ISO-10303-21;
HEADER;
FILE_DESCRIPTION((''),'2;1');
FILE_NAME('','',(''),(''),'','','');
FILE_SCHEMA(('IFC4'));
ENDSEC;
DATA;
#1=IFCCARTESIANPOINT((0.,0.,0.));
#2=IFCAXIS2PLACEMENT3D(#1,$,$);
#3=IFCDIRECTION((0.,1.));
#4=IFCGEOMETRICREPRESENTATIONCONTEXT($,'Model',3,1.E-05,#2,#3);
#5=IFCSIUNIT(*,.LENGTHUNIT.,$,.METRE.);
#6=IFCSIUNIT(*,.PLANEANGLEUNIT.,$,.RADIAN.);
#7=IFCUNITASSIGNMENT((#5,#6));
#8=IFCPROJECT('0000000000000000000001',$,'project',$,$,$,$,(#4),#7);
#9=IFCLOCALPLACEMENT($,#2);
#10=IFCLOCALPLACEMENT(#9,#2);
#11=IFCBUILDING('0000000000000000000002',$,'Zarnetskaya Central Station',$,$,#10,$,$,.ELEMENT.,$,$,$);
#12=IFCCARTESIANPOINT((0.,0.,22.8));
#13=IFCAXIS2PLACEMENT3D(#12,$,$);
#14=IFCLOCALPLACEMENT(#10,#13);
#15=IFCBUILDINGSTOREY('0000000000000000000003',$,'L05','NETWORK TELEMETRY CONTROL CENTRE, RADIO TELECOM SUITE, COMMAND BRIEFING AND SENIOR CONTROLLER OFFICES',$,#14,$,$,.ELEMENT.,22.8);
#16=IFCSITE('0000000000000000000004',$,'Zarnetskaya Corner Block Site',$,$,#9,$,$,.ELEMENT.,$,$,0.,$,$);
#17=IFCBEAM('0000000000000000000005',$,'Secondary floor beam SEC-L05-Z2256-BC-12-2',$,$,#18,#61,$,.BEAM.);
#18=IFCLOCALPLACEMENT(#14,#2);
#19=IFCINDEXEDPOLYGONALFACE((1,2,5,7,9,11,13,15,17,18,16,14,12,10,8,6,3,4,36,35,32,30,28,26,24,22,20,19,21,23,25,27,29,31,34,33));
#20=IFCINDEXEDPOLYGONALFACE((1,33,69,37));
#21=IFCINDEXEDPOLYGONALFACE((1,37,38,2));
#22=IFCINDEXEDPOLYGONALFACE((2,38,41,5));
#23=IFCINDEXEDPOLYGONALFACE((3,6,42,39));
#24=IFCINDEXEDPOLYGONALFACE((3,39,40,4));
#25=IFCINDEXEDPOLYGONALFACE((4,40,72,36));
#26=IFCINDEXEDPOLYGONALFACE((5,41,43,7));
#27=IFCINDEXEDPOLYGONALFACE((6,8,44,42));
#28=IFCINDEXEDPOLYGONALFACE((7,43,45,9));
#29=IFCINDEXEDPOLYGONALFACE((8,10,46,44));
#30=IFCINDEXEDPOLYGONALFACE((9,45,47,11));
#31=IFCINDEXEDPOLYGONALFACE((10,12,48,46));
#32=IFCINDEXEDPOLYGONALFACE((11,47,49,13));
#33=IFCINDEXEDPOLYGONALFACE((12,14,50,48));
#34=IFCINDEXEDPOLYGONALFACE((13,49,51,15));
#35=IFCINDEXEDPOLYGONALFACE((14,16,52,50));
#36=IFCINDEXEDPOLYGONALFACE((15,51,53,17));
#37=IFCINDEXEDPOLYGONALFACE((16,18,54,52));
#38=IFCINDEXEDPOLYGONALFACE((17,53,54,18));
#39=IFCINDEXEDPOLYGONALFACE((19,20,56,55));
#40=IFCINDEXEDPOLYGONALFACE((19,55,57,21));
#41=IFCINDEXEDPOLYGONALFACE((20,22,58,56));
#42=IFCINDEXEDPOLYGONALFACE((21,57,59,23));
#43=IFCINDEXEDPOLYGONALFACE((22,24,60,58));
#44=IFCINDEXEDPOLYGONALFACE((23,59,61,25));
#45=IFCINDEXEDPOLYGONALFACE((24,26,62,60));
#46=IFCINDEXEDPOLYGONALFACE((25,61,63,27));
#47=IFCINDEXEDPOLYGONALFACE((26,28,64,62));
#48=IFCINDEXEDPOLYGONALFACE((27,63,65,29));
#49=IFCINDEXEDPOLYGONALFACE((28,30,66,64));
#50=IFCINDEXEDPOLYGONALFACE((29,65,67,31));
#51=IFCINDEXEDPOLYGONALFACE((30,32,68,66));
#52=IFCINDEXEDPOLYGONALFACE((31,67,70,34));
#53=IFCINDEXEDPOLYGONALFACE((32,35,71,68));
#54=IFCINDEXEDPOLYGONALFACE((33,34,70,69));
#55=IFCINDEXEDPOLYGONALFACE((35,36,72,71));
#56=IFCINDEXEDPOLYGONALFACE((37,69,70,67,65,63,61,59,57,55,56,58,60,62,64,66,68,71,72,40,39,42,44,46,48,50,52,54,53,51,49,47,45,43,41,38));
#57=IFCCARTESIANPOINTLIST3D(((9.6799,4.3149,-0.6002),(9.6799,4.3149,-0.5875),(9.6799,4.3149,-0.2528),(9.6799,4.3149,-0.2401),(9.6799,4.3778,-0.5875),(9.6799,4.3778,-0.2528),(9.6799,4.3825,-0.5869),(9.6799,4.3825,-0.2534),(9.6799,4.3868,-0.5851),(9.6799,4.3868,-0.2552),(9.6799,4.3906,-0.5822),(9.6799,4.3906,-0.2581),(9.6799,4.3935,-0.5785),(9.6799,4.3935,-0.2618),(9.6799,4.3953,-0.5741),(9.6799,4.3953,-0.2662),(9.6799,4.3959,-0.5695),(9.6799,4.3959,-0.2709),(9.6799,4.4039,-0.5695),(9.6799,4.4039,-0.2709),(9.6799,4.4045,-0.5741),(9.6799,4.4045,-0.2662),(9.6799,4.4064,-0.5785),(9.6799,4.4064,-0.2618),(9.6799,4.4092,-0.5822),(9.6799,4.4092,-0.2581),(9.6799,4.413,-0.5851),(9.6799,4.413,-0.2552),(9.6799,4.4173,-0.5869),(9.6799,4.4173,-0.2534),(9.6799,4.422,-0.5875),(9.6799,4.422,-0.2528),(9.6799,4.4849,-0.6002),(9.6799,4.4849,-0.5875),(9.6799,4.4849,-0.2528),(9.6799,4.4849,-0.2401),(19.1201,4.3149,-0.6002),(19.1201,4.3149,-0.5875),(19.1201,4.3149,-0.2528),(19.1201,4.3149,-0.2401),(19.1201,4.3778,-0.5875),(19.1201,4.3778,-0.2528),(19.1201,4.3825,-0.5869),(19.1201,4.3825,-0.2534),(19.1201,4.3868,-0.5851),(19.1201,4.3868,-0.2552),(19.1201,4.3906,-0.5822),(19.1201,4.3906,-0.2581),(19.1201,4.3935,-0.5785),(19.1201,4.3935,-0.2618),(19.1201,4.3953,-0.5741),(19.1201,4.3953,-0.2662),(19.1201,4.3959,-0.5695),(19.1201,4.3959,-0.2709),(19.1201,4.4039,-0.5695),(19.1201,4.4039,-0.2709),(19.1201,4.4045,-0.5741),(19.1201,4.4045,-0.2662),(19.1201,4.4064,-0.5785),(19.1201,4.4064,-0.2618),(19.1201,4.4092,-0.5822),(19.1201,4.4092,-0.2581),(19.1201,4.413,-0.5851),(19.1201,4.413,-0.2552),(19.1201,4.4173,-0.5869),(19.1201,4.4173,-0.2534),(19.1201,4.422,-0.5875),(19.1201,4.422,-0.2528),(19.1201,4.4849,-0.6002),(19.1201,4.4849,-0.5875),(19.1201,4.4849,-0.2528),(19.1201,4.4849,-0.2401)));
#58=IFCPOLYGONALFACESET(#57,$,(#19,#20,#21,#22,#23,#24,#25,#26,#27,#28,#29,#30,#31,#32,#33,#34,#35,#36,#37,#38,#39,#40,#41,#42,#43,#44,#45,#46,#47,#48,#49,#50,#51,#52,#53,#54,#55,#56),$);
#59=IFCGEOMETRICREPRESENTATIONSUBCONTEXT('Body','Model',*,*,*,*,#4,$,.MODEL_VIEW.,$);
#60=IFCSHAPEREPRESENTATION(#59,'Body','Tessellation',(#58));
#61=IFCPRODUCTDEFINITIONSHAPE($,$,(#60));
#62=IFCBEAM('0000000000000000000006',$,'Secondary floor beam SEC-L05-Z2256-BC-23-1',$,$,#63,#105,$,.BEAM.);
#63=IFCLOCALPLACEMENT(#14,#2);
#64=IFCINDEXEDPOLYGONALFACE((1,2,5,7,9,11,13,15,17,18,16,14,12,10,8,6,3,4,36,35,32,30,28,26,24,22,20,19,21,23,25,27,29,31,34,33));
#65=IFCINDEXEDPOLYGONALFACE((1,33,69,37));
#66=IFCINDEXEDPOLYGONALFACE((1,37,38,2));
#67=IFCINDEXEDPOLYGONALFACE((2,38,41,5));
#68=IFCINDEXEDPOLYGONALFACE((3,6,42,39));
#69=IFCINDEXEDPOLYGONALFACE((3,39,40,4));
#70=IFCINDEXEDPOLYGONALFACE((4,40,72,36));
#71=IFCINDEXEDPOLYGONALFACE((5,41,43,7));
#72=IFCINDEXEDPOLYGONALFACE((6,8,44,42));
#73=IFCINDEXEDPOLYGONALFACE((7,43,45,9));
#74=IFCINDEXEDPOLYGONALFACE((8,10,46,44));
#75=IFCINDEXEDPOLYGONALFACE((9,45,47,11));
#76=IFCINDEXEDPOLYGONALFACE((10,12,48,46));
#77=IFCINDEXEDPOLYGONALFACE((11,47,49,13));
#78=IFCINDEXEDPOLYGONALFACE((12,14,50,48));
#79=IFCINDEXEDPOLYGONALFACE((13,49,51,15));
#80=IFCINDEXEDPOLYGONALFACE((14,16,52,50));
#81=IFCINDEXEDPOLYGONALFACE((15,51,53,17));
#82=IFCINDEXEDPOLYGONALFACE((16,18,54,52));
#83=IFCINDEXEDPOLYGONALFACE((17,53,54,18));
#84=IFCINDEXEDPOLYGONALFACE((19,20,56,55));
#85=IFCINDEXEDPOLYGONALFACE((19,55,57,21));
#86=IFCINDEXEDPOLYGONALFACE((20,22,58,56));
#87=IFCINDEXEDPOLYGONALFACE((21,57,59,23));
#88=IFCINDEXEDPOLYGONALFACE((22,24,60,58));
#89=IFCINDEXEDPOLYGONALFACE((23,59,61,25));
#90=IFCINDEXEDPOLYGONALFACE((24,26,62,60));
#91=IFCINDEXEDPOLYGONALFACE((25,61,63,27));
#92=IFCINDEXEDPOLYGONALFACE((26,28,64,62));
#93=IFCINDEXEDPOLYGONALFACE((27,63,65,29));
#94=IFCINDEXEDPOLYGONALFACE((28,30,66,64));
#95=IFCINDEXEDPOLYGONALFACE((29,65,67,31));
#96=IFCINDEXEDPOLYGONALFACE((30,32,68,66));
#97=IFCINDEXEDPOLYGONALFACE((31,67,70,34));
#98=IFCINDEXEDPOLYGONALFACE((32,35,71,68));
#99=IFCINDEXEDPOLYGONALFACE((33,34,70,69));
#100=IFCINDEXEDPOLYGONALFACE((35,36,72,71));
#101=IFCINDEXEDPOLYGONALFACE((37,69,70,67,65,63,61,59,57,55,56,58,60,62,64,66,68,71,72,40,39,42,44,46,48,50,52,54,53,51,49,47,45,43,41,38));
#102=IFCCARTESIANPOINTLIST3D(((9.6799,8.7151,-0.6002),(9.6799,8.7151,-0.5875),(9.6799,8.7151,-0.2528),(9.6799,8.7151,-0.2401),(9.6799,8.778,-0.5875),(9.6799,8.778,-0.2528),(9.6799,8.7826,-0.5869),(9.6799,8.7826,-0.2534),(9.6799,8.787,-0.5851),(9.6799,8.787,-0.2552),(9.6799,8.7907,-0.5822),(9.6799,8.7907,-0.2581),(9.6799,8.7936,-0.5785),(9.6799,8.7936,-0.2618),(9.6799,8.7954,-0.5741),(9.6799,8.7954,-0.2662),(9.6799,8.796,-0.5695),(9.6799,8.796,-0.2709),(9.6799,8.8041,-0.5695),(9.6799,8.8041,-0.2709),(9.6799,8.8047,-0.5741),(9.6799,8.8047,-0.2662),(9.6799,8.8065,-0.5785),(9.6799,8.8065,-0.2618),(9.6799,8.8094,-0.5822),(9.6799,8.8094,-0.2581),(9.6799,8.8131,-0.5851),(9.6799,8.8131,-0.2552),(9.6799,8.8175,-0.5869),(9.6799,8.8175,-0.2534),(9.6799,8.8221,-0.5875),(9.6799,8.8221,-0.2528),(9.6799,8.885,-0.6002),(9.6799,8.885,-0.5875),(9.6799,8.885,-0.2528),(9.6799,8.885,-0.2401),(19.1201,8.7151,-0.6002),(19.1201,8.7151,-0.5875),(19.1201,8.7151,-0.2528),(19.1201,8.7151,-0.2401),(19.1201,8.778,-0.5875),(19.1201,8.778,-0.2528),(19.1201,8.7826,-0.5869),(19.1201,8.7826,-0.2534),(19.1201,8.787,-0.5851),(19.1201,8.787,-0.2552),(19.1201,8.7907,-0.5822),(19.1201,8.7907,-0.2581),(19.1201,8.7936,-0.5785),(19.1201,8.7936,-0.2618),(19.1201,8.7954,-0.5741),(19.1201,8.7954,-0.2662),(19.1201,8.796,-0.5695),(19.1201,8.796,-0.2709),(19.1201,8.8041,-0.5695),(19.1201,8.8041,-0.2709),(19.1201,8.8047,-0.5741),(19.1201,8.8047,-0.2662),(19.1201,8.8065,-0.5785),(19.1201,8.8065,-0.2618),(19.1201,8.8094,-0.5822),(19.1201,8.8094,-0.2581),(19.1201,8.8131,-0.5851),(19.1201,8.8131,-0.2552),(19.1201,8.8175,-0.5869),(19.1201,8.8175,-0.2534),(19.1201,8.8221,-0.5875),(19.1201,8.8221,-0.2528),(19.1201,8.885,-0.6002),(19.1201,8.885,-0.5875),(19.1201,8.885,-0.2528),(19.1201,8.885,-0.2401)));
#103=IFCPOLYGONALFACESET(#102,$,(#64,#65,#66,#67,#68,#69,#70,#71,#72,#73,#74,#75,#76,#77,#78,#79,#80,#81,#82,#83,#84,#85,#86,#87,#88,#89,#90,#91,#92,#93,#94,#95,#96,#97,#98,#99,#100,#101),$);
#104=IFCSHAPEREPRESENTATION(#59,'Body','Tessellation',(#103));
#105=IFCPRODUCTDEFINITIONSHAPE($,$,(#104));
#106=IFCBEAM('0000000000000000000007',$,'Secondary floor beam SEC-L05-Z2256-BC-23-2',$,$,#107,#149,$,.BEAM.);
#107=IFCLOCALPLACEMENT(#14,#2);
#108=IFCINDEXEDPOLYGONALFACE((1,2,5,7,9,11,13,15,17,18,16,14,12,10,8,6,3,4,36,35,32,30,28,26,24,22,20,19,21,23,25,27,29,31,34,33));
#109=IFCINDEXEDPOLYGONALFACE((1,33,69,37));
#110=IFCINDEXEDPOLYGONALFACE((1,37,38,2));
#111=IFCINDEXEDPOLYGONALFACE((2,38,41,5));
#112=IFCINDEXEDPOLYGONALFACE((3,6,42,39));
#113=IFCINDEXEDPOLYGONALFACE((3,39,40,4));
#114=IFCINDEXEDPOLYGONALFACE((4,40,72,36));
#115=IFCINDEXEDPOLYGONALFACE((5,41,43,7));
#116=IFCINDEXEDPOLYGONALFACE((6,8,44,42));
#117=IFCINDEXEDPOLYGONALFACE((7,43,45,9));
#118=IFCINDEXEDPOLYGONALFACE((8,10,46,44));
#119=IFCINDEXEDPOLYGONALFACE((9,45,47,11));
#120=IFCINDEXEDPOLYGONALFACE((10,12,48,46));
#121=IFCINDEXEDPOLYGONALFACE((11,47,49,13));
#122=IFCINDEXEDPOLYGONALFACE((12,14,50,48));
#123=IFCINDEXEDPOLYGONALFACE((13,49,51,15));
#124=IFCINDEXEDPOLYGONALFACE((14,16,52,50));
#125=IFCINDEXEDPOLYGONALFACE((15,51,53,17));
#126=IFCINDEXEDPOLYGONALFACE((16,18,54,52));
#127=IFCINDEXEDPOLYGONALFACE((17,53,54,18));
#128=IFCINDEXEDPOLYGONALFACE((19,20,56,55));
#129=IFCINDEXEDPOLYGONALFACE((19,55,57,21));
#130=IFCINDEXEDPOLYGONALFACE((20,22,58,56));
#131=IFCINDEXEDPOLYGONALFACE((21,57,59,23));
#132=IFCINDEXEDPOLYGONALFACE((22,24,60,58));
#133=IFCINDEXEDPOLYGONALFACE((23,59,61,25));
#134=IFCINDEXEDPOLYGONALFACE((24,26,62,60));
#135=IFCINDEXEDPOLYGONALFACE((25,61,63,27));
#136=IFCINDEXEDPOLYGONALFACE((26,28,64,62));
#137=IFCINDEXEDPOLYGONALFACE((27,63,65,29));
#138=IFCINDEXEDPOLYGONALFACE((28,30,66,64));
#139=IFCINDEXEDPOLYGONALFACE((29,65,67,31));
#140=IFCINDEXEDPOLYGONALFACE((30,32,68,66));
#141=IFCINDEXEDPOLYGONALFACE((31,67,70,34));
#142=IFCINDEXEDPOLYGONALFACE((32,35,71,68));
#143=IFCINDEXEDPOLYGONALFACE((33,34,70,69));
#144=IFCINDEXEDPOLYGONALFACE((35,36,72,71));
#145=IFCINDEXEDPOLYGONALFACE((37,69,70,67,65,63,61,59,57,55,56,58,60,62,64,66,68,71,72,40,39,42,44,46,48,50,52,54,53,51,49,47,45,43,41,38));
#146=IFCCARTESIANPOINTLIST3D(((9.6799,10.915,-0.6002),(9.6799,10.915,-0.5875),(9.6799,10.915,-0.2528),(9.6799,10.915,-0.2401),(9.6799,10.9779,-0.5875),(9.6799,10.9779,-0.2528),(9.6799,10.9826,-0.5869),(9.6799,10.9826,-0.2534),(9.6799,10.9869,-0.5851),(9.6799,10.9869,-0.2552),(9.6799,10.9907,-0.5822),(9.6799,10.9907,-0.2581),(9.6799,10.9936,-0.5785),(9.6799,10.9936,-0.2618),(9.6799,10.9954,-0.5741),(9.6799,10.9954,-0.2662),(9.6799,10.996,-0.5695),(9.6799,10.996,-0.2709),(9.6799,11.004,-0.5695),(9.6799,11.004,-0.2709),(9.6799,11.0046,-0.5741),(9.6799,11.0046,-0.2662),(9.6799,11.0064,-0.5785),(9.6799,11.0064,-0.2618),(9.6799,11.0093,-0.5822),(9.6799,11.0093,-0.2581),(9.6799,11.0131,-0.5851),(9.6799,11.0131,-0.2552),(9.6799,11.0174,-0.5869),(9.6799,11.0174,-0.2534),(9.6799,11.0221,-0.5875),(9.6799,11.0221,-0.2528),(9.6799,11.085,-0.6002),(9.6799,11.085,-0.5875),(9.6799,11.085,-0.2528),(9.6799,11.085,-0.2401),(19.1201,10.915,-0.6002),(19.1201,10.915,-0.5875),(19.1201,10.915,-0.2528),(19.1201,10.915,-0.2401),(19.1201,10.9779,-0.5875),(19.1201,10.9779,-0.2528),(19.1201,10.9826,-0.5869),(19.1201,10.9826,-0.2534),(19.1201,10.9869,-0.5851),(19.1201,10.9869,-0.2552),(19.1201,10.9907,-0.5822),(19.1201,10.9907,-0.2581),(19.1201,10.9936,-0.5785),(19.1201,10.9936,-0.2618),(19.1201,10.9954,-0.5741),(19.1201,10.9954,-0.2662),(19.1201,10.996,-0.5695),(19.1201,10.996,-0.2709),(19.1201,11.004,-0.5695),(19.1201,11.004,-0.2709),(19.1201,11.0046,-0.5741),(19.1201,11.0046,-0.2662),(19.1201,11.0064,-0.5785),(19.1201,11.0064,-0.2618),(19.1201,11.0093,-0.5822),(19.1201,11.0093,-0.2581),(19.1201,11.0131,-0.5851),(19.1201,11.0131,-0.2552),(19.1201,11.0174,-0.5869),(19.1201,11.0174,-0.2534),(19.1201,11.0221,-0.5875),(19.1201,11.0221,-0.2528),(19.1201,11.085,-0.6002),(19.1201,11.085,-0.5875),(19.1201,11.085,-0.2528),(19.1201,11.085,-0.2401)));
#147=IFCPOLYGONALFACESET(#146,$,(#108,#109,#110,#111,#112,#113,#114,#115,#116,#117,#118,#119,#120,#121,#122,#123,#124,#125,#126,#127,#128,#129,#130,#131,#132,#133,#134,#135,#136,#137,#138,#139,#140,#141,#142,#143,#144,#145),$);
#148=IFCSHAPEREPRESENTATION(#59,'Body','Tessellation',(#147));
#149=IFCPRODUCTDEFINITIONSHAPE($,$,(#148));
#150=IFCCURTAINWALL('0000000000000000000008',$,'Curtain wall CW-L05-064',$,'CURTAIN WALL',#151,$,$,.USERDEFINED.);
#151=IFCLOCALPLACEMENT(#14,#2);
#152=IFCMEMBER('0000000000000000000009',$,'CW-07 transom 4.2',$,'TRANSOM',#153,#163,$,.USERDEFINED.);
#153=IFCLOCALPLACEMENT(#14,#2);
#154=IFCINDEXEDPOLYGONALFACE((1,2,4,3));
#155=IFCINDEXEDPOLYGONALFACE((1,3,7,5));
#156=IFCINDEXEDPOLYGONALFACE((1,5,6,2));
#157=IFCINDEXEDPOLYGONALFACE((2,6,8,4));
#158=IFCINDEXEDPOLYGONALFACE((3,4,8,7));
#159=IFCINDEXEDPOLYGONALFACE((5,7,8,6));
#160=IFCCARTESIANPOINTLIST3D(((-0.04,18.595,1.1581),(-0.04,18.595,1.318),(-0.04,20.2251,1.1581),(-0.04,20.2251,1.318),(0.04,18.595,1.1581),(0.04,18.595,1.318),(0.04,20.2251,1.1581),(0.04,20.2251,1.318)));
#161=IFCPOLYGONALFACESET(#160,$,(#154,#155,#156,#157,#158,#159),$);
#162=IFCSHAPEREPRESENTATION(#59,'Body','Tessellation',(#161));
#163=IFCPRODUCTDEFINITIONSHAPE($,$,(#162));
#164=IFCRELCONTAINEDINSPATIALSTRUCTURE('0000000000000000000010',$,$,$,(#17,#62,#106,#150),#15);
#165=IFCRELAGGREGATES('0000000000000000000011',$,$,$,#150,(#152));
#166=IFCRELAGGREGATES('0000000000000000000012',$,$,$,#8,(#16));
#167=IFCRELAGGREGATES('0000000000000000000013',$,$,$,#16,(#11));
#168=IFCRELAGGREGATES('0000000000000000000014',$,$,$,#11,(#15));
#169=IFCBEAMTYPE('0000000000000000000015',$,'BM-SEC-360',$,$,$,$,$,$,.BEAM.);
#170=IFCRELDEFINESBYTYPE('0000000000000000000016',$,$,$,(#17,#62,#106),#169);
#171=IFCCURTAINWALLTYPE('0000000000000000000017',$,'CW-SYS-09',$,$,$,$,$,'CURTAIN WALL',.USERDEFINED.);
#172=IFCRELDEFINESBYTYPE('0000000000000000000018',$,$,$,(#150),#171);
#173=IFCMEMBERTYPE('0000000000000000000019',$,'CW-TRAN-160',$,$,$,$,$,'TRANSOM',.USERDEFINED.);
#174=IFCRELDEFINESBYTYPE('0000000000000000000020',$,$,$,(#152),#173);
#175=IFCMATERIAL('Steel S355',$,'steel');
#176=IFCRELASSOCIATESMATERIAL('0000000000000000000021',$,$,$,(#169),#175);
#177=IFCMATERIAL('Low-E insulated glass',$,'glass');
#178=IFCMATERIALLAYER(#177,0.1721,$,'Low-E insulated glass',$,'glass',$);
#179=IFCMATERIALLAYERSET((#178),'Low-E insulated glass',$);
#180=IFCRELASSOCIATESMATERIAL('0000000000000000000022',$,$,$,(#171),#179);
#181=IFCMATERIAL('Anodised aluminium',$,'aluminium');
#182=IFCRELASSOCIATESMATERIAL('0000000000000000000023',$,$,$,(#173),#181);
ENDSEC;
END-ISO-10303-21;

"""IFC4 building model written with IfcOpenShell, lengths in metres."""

from ifc_helpers import new_model, si_unit, direction, frame, origin, origin_2d, place, context, subcontext, project, spatial, rectangle, i_section, extrude, material, layer, layer_set, material_profile, profile_set, type_object, element, aggregate, save


model = new_model("IFC4")

# Units and contexts
model_context = context("Model", 3, precision=1e-05, world=origin(), true_north=direction((0.0, 1.0)))
body_context = subcontext(model_context, "Body", "Model", "MODEL_VIEW")
ifc_project = project(units=[si_unit("LENGTHUNIT", "METRE"), si_unit("PLANEANGLEUNIT", "RADIAN")], contexts=[model_context])

# Site, building, storey
site_placement = place(None, origin())
site = spatial("IfcSite", under=ifc_project, at=site_placement, Name="Zarnetskaya Corner Block Site", CompositionType="ELEMENT", RefElevation=0.0)
building_placement = place(site_placement, origin())
building = spatial("IfcBuilding", under=site, at=building_placement, Name="Zarnetskaya Central Station", CompositionType="ELEMENT")
storey_placement = place(building_placement, frame((0.0, 0.0, 22.8)))
storey = spatial("IfcBuildingStorey", under=building, at=storey_placement, Name="L05", Description="NETWORK TELEMETRY CONTROL CENTRE, RADIO TELECOM SUITE, COMMAND BRIEFING AND SENIOR CONTROLLER OFFICES", CompositionType="ELEMENT", Elevation=22.8)

# Shared definitions
ifc_material_1 = material(Name="Steel S355", Category="steel")

# Beams
ifc_material_profile_1 = material_profile(ifc_material_1, i_section(OverallWidth=0.1699, OverallDepth=0.3601, WebThickness=0.0081, FlangeThickness=0.0127, FilletRadius=0.0181, at=origin_2d()), Name="IPE 360")
ifc_profile_set_1 = profile_set([ifc_material_profile_1], Name="Steel S355")
beam_type_1 = type_object("IfcBeamType", Name="BM-SEC-360", PredefinedType="BEAM", material=ifc_profile_set_1)
for number, where, z_axis, x_axis, name in (
    (1, (9.6799, 4.3999, -0.4202), (1.0, 0.0, 0.0), (0.0, 1.0, 0.0), "Secondary floor beam SEC-L05-Z2256-BC-12-2"),
    (2, (9.6799, 8.8, -0.4202), (1.0, 0.0, 0.0), (0.0, 1.0, 0.0), "Secondary floor beam SEC-L05-Z2256-BC-23-1"),
    (3, (9.6799, 11.0, -0.4202), (1.0, 0.0, 0.0), (0.0, 1.0, 0.0), "Secondary floor beam SEC-L05-Z2256-BC-23-2"),
):
    element("IfcBeam", number, at=place(storey_placement, frame(where, z_axis=z_axis, x_axis=x_axis)), inside=storey, type_object=beam_type_1, Name=name, PredefinedType="BEAM", context=body_context, shape_type="SweptSolid", body=[
        extrude(i_section(OverallWidth=0.1699, OverallDepth=0.3601, WebThickness=0.0081, FlangeThickness=0.0127, FilletRadius=0.0181, at=origin_2d()), origin(), (0.0, 0.0, 1.0), 9.4402),
    ])

# Curtain wall, member
ifc_material_2 = material(Name="Low-E insulated glass", Category="glass")
ifc_layer_1 = layer(ifc_material_2, 0.1721, Name="Low-E insulated glass", Category="glass")
ifc_layer_set_1 = layer_set([ifc_layer_1], Name="Low-E insulated glass")
curtain_wall_type = type_object("IfcCurtainWallType", Name="CW-SYS-09", ElementType="CURTAIN WALL", PredefinedType="USERDEFINED", material=ifc_layer_set_1)
curtain_wall_placement = place(storey_placement, origin())
curtain_wall = element("IfcCurtainWall", 4, at=curtain_wall_placement, inside=storey, type_object=curtain_wall_type, Name="Curtain wall CW-L05-064", ObjectType="CURTAIN WALL", PredefinedType="USERDEFINED")
ifc_material_3 = material(Name="Anodised aluminium", Category="aluminium")
ifc_material_profile_2 = material_profile(ifc_material_3, rectangle(XDim=0.0801, YDim=0.1599, at=origin_2d()), Name="ALU TRAN 80x160")
ifc_profile_set_2 = profile_set([ifc_material_profile_2], Name="Anodised aluminium")
member_type = type_object("IfcMemberType", Name="CW-TRAN-160", ElementType="TRANSOM", PredefinedType="USERDEFINED", material=ifc_profile_set_2)
member_placement = place(storey_placement, frame((0.0, 18.595, 1.238), z_axis=(0.0, 1.0, 0.0), x_axis=(-1.0, 0.0, 0.0)))
member = element("IfcMember", 5, at=member_placement, type_object=member_type, Name="CW-07 transom 4.2", ObjectType="TRANSOM", PredefinedType="USERDEFINED", context=body_context, shape_type="SweptSolid", body=[
    extrude(rectangle(XDim=0.0801, YDim=0.1599, at=origin_2d()), origin(), (0.0, 0.0, 1.0), 1.6301),
])
aggregate(curtain_wall, [member])

save(model, "model.ifc")
